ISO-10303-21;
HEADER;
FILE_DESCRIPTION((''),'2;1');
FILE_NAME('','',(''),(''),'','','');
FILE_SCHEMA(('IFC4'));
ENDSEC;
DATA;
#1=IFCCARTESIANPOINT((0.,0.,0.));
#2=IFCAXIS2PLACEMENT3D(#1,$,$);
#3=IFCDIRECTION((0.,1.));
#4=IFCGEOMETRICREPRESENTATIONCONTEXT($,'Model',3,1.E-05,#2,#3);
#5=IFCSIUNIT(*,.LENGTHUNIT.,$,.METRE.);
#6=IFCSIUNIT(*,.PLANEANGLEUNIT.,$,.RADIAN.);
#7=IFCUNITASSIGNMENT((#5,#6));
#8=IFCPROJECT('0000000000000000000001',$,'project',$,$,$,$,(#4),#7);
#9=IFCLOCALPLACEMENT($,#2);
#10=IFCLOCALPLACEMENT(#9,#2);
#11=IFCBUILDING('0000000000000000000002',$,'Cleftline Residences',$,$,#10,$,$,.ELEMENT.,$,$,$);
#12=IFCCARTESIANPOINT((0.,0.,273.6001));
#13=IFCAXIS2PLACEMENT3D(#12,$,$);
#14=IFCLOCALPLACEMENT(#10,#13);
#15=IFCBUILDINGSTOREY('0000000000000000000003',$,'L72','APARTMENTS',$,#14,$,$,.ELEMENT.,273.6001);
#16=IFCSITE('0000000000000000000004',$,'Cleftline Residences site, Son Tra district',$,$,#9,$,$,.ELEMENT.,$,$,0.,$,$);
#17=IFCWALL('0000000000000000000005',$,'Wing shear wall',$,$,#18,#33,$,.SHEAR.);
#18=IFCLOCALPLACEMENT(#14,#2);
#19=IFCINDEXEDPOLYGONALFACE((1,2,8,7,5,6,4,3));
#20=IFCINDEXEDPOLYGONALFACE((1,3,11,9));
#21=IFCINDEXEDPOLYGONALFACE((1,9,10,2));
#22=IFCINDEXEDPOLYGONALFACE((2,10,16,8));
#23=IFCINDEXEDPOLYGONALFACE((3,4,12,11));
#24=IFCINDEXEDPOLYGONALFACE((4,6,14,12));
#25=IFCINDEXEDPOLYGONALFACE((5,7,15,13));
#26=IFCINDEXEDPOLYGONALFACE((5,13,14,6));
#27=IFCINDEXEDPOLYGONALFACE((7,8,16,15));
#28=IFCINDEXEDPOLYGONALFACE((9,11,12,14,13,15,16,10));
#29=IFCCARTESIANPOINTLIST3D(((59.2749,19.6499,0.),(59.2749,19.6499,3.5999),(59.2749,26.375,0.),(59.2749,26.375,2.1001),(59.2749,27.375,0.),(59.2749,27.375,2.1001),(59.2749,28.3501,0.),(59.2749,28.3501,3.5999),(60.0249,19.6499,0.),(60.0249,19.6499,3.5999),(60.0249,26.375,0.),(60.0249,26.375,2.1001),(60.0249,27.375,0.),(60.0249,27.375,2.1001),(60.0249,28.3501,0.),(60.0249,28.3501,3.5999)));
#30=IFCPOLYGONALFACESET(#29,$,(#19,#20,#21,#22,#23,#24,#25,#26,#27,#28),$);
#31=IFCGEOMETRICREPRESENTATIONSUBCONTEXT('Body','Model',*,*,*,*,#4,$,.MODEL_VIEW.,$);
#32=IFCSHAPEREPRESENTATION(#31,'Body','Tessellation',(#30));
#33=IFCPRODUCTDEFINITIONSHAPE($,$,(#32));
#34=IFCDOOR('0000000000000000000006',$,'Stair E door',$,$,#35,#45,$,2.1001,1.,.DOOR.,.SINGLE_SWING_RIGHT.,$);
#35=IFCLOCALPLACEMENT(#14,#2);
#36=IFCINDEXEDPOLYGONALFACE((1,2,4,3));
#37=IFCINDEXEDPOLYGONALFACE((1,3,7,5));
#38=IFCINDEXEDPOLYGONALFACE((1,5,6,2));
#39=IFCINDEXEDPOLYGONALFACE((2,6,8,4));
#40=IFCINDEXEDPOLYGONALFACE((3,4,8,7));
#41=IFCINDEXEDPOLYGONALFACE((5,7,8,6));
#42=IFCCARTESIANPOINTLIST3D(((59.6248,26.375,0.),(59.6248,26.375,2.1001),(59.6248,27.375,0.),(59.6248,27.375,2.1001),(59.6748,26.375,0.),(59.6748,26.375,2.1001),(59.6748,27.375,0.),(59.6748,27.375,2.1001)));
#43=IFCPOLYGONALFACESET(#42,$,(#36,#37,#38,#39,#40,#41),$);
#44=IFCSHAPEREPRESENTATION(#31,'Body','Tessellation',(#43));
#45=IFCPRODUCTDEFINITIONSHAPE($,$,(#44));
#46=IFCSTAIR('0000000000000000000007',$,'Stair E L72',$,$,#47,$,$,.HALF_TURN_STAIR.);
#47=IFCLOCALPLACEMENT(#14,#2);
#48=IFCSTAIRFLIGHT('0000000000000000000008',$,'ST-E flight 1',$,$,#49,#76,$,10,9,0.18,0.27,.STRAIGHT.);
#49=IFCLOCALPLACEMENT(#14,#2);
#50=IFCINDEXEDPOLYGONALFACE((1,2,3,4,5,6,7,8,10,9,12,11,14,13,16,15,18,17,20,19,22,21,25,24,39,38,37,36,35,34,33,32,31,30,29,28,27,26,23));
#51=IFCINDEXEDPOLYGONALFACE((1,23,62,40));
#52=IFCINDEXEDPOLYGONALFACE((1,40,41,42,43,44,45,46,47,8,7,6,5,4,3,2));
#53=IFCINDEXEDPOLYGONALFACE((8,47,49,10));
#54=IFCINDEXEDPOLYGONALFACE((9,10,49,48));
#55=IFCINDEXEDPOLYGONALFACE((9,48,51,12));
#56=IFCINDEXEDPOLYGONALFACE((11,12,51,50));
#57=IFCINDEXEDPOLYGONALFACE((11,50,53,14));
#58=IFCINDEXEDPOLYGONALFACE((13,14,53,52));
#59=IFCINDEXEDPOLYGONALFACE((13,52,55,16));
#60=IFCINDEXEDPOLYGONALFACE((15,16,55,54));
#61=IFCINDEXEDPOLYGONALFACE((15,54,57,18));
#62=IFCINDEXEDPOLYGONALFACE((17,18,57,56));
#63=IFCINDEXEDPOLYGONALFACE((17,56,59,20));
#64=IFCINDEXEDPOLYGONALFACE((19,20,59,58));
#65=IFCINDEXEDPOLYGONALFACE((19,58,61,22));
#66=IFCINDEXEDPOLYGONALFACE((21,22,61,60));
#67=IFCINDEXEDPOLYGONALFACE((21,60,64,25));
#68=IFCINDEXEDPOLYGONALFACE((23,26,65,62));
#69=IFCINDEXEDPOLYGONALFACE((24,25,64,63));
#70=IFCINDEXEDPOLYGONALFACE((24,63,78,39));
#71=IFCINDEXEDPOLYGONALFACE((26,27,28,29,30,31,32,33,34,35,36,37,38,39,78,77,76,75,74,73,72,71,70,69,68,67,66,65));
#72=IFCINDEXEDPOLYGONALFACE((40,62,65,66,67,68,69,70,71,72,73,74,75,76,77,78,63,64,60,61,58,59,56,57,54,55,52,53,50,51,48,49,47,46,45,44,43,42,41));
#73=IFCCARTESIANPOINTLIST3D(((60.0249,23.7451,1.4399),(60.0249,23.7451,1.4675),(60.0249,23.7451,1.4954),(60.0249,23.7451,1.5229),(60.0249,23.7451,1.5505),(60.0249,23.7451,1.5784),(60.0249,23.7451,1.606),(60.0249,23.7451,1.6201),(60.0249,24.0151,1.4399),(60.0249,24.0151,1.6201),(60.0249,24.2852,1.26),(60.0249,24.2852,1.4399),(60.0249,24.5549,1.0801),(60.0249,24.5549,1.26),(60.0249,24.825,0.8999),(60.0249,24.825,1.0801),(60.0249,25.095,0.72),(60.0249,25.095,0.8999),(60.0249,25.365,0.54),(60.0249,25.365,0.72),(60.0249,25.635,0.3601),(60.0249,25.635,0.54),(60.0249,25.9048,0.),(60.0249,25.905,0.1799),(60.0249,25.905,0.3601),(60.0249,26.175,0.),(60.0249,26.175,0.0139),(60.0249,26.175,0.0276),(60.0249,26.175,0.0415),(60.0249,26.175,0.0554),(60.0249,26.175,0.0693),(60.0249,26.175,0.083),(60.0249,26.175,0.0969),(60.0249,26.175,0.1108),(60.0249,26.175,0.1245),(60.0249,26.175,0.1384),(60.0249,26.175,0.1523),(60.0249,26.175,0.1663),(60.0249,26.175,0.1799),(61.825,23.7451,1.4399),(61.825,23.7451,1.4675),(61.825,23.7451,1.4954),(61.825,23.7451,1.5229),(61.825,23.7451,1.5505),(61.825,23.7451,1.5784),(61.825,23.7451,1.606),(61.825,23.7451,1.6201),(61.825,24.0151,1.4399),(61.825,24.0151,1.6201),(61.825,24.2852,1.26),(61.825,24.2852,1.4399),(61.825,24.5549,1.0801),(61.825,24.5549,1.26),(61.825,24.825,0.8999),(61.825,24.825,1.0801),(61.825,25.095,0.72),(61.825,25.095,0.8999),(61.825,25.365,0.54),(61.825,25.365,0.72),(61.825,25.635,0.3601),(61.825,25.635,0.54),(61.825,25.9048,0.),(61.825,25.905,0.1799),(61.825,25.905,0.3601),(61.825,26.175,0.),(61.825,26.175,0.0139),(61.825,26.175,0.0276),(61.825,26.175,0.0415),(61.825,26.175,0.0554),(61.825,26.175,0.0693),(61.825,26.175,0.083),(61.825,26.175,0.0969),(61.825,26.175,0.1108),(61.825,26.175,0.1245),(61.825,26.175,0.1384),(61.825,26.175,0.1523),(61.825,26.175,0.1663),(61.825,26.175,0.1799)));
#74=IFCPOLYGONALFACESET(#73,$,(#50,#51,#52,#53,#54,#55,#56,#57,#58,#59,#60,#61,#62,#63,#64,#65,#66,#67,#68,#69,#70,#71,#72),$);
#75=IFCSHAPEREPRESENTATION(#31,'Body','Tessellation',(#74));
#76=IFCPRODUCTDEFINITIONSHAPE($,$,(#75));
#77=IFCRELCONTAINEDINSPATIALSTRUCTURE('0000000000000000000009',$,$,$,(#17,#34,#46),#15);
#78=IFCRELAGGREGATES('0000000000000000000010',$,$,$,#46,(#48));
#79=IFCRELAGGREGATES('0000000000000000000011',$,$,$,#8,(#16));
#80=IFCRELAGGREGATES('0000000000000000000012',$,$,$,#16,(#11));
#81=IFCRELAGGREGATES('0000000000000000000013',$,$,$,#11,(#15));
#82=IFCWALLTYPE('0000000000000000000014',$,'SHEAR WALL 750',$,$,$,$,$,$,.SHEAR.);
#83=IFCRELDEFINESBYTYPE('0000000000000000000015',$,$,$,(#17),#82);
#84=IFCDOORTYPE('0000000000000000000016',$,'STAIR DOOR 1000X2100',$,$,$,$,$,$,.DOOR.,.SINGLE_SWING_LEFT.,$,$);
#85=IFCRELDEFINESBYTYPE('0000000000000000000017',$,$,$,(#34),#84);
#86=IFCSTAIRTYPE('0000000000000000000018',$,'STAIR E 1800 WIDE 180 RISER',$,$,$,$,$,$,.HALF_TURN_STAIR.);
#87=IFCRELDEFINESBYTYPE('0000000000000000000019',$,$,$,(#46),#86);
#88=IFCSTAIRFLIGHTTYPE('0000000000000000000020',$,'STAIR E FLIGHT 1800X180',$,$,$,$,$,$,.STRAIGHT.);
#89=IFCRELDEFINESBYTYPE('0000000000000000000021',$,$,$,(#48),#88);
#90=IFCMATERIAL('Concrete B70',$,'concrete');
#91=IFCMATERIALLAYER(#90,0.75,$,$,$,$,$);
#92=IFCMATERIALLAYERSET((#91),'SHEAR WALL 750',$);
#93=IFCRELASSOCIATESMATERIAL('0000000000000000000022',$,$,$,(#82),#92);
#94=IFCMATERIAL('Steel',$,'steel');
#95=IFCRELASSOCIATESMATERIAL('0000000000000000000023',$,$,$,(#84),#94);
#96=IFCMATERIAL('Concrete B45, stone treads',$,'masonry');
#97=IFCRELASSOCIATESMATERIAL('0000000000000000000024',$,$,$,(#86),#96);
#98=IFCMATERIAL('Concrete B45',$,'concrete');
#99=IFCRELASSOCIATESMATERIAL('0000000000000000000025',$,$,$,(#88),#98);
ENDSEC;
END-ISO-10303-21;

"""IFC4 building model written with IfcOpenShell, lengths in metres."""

from ifc_helpers import new_model, si_unit, direction, frame, frame_2d, origin, place, context, subcontext, project, spatial, polyline, rectangle, outline, extrude, material, layer, layer_set, type_object, element, fill, aggregate, save


model = new_model("IFC4")

# Units and contexts
model_context = context("Model", 3, precision=1e-05, world=origin(), true_north=direction((0.0, 1.0)))
body_context = subcontext(model_context, "Body", "Model", "MODEL_VIEW")
ifc_project = project(units=[si_unit("LENGTHUNIT", "METRE"), si_unit("PLANEANGLEUNIT", "RADIAN")], contexts=[model_context])

# Site, building, storey
site_placement = place(None, origin())
site = spatial("IfcSite", under=ifc_project, at=site_placement, Name="Cleftline Residences site, Son Tra district", CompositionType="ELEMENT", RefElevation=0.0)
building_placement = place(site_placement, origin())
building = spatial("IfcBuilding", under=site, at=building_placement, Name="Cleftline Residences", CompositionType="ELEMENT")
storey_placement = place(building_placement, frame((0.0, 0.0, 273.6001)))
storey = spatial("IfcBuildingStorey", under=building, at=storey_placement, Name="L72", Description="APARTMENTS", CompositionType="ELEMENT", Elevation=273.6001)

# Shared definitions
ifc_material_1 = material(Name="Concrete B70", Category="concrete")
ifc_layer_1 = layer(ifc_material_1, 0.75)
ifc_layer_set_1 = layer_set([ifc_layer_1], Name="SHEAR WALL 750")
wall_type_1 = type_object("IfcWallType", Name="SHEAR WALL 750", PredefinedType="SHEAR", material=ifc_layer_set_1)

# Wall, opening, door
wall_1_placement = place(storey_placement, frame((59.6499, 28.3501, 0.0), z_axis=(0.0, 0.0, 1.0), x_axis=(0.0, -1.0, 0.0)))
wall_1 = element("IfcWall", 1, at=wall_1_placement, inside=storey, type_object=wall_type_1, Name="Wing shear wall", PredefinedType="SHEAR", context=body_context, shape_type="SweptSolid", body=[
    extrude(rectangle(XDim=8.7002, YDim=0.75, at=frame_2d((4.3501, 0.0))), origin(), (0.0, 0.0, 1.0), 3.5999),
])
opening_1_placement = place(wall_1_placement, frame((0.9751, 0.0, 0.0)))
opening_1 = element("IfcOpeningElement", 2, at=opening_1_placement, cuts=wall_1, PredefinedType="OPENING", context=body_context, shape_type="SweptSolid", body=[
    extrude(rectangle(XDim=1.0, YDim=2.1001, at=frame_2d((0.5, 1.05))), frame((0.0, 0.385, 0.0), z_axis=(0.0, -1.0, 0.0), x_axis=(1.0, 0.0, 0.0)), (0.0, 0.0, 1.0), 0.77),
])
ifc_material_2 = material(Name="Steel", Category="steel")
door_type_1 = type_object("IfcDoorType", Name="STAIR DOOR 1000X2100", OperationType="SINGLE_SWING_LEFT", PredefinedType="DOOR", material=ifc_material_2)
door_1_placement = place(opening_1_placement, origin())
door_1 = element("IfcDoor", 3, at=door_1_placement, inside=storey, type_object=door_type_1, Name="Stair E door", OperationType="SINGLE_SWING_RIGHT", OverallHeight=2.1001, OverallWidth=1.0, PredefinedType="DOOR", context=body_context, shape_type="SweptSolid", body=[
    extrude(rectangle(XDim=1.0, YDim=2.1001, at=frame_2d((0.5, 1.05))), frame((0.0, 0.0249, 0.0), z_axis=(0.0, -1.0, 0.0), x_axis=(1.0, 0.0, 0.0)), (0.0, 0.0, 1.0), 0.05),
])
fill(opening_1, door_1)

# Stair, stair flight
ifc_material_3 = material(Name="Concrete B45, stone treads", Category="masonry")
stair_type = type_object("IfcStairType", Name="STAIR E 1800 WIDE 180 RISER", PredefinedType="HALF_TURN_STAIR", material=ifc_material_3)
stair_placement = place(storey_placement, origin())
stair = element("IfcStair", 4, at=stair_placement, inside=storey, type_object=stair_type, Name="Stair E L72", PredefinedType="HALF_TURN_STAIR")
ifc_material_4 = material(Name="Concrete B45", Category="concrete")
stair_flight_type = type_object("IfcStairFlightType", Name="STAIR E FLIGHT 1800X180", PredefinedType="STRAIGHT", material=ifc_material_4)
stair_flight_placement = place(storey_placement, frame((60.925, 26.175, 0.0), z_axis=(0.0, 0.0, 1.0), x_axis=(0.0, -1.0, 0.0)))
stair_flight = element("IfcStairFlight", 5, at=stair_flight_placement, type_object=stair_flight_type, Name="ST-E flight 1", NumberOfRisers=10, NumberOfTreads=9, PredefinedType="STRAIGHT", RiserHeight=0.18, TreadLength=0.27, context=body_context, shape_type="SweptSolid", body=[
    extrude(outline(polyline([(0.0, 0.0), (0.0, 0.0139), (0.0, 0.0276), (0.0, 0.0415), (0.0, 0.0554), (0.0, 0.0693), (0.0, 0.083), (0.0, 0.0969), (0.0, 0.1108), (0.0, 0.1245), (0.0, 0.1384), (0.0, 0.1523), (0.0, 0.1663), (0.0, 0.1799), (0.27, 0.1799), (0.27, 0.3601), (0.54, 0.3601), (0.54, 0.54), (0.8101, 0.54), (0.8101, 0.72), (1.0801, 0.72), (1.0801, 0.8999), (1.3501, 0.8999), (1.3501, 1.0801), (1.6201, 1.0801), (1.6201, 1.26), (1.8899, 1.26), (1.8899, 1.4399), (2.1599, 1.4399), (2.1599, 1.6201), (2.4299, 1.6201), (2.4299, 1.8), (2.4299, 1.7722), (2.4299, 1.7446), (2.4299, 1.7168), (2.4299, 1.6892), (2.4299, 1.6614), (2.4299, 1.6338), (2.4299, 1.606), (2.4299, 1.5784), (2.4299, 1.5505), (2.4299, 1.5229), (2.4299, 1.4954), (2.4299, 1.4675), (2.4299, 1.4399), (0.2703, 0.0), (0.0, 0.0)])), frame((0.0, 0.8999, 0.0), z_axis=(0.0, -1.0, 0.0), x_axis=(1.0, 0.0, 0.0)), (0.0, 0.0, 1.0), 1.8),
])
aggregate(stair, [stair_flight])

save(model, "model.ifc")
